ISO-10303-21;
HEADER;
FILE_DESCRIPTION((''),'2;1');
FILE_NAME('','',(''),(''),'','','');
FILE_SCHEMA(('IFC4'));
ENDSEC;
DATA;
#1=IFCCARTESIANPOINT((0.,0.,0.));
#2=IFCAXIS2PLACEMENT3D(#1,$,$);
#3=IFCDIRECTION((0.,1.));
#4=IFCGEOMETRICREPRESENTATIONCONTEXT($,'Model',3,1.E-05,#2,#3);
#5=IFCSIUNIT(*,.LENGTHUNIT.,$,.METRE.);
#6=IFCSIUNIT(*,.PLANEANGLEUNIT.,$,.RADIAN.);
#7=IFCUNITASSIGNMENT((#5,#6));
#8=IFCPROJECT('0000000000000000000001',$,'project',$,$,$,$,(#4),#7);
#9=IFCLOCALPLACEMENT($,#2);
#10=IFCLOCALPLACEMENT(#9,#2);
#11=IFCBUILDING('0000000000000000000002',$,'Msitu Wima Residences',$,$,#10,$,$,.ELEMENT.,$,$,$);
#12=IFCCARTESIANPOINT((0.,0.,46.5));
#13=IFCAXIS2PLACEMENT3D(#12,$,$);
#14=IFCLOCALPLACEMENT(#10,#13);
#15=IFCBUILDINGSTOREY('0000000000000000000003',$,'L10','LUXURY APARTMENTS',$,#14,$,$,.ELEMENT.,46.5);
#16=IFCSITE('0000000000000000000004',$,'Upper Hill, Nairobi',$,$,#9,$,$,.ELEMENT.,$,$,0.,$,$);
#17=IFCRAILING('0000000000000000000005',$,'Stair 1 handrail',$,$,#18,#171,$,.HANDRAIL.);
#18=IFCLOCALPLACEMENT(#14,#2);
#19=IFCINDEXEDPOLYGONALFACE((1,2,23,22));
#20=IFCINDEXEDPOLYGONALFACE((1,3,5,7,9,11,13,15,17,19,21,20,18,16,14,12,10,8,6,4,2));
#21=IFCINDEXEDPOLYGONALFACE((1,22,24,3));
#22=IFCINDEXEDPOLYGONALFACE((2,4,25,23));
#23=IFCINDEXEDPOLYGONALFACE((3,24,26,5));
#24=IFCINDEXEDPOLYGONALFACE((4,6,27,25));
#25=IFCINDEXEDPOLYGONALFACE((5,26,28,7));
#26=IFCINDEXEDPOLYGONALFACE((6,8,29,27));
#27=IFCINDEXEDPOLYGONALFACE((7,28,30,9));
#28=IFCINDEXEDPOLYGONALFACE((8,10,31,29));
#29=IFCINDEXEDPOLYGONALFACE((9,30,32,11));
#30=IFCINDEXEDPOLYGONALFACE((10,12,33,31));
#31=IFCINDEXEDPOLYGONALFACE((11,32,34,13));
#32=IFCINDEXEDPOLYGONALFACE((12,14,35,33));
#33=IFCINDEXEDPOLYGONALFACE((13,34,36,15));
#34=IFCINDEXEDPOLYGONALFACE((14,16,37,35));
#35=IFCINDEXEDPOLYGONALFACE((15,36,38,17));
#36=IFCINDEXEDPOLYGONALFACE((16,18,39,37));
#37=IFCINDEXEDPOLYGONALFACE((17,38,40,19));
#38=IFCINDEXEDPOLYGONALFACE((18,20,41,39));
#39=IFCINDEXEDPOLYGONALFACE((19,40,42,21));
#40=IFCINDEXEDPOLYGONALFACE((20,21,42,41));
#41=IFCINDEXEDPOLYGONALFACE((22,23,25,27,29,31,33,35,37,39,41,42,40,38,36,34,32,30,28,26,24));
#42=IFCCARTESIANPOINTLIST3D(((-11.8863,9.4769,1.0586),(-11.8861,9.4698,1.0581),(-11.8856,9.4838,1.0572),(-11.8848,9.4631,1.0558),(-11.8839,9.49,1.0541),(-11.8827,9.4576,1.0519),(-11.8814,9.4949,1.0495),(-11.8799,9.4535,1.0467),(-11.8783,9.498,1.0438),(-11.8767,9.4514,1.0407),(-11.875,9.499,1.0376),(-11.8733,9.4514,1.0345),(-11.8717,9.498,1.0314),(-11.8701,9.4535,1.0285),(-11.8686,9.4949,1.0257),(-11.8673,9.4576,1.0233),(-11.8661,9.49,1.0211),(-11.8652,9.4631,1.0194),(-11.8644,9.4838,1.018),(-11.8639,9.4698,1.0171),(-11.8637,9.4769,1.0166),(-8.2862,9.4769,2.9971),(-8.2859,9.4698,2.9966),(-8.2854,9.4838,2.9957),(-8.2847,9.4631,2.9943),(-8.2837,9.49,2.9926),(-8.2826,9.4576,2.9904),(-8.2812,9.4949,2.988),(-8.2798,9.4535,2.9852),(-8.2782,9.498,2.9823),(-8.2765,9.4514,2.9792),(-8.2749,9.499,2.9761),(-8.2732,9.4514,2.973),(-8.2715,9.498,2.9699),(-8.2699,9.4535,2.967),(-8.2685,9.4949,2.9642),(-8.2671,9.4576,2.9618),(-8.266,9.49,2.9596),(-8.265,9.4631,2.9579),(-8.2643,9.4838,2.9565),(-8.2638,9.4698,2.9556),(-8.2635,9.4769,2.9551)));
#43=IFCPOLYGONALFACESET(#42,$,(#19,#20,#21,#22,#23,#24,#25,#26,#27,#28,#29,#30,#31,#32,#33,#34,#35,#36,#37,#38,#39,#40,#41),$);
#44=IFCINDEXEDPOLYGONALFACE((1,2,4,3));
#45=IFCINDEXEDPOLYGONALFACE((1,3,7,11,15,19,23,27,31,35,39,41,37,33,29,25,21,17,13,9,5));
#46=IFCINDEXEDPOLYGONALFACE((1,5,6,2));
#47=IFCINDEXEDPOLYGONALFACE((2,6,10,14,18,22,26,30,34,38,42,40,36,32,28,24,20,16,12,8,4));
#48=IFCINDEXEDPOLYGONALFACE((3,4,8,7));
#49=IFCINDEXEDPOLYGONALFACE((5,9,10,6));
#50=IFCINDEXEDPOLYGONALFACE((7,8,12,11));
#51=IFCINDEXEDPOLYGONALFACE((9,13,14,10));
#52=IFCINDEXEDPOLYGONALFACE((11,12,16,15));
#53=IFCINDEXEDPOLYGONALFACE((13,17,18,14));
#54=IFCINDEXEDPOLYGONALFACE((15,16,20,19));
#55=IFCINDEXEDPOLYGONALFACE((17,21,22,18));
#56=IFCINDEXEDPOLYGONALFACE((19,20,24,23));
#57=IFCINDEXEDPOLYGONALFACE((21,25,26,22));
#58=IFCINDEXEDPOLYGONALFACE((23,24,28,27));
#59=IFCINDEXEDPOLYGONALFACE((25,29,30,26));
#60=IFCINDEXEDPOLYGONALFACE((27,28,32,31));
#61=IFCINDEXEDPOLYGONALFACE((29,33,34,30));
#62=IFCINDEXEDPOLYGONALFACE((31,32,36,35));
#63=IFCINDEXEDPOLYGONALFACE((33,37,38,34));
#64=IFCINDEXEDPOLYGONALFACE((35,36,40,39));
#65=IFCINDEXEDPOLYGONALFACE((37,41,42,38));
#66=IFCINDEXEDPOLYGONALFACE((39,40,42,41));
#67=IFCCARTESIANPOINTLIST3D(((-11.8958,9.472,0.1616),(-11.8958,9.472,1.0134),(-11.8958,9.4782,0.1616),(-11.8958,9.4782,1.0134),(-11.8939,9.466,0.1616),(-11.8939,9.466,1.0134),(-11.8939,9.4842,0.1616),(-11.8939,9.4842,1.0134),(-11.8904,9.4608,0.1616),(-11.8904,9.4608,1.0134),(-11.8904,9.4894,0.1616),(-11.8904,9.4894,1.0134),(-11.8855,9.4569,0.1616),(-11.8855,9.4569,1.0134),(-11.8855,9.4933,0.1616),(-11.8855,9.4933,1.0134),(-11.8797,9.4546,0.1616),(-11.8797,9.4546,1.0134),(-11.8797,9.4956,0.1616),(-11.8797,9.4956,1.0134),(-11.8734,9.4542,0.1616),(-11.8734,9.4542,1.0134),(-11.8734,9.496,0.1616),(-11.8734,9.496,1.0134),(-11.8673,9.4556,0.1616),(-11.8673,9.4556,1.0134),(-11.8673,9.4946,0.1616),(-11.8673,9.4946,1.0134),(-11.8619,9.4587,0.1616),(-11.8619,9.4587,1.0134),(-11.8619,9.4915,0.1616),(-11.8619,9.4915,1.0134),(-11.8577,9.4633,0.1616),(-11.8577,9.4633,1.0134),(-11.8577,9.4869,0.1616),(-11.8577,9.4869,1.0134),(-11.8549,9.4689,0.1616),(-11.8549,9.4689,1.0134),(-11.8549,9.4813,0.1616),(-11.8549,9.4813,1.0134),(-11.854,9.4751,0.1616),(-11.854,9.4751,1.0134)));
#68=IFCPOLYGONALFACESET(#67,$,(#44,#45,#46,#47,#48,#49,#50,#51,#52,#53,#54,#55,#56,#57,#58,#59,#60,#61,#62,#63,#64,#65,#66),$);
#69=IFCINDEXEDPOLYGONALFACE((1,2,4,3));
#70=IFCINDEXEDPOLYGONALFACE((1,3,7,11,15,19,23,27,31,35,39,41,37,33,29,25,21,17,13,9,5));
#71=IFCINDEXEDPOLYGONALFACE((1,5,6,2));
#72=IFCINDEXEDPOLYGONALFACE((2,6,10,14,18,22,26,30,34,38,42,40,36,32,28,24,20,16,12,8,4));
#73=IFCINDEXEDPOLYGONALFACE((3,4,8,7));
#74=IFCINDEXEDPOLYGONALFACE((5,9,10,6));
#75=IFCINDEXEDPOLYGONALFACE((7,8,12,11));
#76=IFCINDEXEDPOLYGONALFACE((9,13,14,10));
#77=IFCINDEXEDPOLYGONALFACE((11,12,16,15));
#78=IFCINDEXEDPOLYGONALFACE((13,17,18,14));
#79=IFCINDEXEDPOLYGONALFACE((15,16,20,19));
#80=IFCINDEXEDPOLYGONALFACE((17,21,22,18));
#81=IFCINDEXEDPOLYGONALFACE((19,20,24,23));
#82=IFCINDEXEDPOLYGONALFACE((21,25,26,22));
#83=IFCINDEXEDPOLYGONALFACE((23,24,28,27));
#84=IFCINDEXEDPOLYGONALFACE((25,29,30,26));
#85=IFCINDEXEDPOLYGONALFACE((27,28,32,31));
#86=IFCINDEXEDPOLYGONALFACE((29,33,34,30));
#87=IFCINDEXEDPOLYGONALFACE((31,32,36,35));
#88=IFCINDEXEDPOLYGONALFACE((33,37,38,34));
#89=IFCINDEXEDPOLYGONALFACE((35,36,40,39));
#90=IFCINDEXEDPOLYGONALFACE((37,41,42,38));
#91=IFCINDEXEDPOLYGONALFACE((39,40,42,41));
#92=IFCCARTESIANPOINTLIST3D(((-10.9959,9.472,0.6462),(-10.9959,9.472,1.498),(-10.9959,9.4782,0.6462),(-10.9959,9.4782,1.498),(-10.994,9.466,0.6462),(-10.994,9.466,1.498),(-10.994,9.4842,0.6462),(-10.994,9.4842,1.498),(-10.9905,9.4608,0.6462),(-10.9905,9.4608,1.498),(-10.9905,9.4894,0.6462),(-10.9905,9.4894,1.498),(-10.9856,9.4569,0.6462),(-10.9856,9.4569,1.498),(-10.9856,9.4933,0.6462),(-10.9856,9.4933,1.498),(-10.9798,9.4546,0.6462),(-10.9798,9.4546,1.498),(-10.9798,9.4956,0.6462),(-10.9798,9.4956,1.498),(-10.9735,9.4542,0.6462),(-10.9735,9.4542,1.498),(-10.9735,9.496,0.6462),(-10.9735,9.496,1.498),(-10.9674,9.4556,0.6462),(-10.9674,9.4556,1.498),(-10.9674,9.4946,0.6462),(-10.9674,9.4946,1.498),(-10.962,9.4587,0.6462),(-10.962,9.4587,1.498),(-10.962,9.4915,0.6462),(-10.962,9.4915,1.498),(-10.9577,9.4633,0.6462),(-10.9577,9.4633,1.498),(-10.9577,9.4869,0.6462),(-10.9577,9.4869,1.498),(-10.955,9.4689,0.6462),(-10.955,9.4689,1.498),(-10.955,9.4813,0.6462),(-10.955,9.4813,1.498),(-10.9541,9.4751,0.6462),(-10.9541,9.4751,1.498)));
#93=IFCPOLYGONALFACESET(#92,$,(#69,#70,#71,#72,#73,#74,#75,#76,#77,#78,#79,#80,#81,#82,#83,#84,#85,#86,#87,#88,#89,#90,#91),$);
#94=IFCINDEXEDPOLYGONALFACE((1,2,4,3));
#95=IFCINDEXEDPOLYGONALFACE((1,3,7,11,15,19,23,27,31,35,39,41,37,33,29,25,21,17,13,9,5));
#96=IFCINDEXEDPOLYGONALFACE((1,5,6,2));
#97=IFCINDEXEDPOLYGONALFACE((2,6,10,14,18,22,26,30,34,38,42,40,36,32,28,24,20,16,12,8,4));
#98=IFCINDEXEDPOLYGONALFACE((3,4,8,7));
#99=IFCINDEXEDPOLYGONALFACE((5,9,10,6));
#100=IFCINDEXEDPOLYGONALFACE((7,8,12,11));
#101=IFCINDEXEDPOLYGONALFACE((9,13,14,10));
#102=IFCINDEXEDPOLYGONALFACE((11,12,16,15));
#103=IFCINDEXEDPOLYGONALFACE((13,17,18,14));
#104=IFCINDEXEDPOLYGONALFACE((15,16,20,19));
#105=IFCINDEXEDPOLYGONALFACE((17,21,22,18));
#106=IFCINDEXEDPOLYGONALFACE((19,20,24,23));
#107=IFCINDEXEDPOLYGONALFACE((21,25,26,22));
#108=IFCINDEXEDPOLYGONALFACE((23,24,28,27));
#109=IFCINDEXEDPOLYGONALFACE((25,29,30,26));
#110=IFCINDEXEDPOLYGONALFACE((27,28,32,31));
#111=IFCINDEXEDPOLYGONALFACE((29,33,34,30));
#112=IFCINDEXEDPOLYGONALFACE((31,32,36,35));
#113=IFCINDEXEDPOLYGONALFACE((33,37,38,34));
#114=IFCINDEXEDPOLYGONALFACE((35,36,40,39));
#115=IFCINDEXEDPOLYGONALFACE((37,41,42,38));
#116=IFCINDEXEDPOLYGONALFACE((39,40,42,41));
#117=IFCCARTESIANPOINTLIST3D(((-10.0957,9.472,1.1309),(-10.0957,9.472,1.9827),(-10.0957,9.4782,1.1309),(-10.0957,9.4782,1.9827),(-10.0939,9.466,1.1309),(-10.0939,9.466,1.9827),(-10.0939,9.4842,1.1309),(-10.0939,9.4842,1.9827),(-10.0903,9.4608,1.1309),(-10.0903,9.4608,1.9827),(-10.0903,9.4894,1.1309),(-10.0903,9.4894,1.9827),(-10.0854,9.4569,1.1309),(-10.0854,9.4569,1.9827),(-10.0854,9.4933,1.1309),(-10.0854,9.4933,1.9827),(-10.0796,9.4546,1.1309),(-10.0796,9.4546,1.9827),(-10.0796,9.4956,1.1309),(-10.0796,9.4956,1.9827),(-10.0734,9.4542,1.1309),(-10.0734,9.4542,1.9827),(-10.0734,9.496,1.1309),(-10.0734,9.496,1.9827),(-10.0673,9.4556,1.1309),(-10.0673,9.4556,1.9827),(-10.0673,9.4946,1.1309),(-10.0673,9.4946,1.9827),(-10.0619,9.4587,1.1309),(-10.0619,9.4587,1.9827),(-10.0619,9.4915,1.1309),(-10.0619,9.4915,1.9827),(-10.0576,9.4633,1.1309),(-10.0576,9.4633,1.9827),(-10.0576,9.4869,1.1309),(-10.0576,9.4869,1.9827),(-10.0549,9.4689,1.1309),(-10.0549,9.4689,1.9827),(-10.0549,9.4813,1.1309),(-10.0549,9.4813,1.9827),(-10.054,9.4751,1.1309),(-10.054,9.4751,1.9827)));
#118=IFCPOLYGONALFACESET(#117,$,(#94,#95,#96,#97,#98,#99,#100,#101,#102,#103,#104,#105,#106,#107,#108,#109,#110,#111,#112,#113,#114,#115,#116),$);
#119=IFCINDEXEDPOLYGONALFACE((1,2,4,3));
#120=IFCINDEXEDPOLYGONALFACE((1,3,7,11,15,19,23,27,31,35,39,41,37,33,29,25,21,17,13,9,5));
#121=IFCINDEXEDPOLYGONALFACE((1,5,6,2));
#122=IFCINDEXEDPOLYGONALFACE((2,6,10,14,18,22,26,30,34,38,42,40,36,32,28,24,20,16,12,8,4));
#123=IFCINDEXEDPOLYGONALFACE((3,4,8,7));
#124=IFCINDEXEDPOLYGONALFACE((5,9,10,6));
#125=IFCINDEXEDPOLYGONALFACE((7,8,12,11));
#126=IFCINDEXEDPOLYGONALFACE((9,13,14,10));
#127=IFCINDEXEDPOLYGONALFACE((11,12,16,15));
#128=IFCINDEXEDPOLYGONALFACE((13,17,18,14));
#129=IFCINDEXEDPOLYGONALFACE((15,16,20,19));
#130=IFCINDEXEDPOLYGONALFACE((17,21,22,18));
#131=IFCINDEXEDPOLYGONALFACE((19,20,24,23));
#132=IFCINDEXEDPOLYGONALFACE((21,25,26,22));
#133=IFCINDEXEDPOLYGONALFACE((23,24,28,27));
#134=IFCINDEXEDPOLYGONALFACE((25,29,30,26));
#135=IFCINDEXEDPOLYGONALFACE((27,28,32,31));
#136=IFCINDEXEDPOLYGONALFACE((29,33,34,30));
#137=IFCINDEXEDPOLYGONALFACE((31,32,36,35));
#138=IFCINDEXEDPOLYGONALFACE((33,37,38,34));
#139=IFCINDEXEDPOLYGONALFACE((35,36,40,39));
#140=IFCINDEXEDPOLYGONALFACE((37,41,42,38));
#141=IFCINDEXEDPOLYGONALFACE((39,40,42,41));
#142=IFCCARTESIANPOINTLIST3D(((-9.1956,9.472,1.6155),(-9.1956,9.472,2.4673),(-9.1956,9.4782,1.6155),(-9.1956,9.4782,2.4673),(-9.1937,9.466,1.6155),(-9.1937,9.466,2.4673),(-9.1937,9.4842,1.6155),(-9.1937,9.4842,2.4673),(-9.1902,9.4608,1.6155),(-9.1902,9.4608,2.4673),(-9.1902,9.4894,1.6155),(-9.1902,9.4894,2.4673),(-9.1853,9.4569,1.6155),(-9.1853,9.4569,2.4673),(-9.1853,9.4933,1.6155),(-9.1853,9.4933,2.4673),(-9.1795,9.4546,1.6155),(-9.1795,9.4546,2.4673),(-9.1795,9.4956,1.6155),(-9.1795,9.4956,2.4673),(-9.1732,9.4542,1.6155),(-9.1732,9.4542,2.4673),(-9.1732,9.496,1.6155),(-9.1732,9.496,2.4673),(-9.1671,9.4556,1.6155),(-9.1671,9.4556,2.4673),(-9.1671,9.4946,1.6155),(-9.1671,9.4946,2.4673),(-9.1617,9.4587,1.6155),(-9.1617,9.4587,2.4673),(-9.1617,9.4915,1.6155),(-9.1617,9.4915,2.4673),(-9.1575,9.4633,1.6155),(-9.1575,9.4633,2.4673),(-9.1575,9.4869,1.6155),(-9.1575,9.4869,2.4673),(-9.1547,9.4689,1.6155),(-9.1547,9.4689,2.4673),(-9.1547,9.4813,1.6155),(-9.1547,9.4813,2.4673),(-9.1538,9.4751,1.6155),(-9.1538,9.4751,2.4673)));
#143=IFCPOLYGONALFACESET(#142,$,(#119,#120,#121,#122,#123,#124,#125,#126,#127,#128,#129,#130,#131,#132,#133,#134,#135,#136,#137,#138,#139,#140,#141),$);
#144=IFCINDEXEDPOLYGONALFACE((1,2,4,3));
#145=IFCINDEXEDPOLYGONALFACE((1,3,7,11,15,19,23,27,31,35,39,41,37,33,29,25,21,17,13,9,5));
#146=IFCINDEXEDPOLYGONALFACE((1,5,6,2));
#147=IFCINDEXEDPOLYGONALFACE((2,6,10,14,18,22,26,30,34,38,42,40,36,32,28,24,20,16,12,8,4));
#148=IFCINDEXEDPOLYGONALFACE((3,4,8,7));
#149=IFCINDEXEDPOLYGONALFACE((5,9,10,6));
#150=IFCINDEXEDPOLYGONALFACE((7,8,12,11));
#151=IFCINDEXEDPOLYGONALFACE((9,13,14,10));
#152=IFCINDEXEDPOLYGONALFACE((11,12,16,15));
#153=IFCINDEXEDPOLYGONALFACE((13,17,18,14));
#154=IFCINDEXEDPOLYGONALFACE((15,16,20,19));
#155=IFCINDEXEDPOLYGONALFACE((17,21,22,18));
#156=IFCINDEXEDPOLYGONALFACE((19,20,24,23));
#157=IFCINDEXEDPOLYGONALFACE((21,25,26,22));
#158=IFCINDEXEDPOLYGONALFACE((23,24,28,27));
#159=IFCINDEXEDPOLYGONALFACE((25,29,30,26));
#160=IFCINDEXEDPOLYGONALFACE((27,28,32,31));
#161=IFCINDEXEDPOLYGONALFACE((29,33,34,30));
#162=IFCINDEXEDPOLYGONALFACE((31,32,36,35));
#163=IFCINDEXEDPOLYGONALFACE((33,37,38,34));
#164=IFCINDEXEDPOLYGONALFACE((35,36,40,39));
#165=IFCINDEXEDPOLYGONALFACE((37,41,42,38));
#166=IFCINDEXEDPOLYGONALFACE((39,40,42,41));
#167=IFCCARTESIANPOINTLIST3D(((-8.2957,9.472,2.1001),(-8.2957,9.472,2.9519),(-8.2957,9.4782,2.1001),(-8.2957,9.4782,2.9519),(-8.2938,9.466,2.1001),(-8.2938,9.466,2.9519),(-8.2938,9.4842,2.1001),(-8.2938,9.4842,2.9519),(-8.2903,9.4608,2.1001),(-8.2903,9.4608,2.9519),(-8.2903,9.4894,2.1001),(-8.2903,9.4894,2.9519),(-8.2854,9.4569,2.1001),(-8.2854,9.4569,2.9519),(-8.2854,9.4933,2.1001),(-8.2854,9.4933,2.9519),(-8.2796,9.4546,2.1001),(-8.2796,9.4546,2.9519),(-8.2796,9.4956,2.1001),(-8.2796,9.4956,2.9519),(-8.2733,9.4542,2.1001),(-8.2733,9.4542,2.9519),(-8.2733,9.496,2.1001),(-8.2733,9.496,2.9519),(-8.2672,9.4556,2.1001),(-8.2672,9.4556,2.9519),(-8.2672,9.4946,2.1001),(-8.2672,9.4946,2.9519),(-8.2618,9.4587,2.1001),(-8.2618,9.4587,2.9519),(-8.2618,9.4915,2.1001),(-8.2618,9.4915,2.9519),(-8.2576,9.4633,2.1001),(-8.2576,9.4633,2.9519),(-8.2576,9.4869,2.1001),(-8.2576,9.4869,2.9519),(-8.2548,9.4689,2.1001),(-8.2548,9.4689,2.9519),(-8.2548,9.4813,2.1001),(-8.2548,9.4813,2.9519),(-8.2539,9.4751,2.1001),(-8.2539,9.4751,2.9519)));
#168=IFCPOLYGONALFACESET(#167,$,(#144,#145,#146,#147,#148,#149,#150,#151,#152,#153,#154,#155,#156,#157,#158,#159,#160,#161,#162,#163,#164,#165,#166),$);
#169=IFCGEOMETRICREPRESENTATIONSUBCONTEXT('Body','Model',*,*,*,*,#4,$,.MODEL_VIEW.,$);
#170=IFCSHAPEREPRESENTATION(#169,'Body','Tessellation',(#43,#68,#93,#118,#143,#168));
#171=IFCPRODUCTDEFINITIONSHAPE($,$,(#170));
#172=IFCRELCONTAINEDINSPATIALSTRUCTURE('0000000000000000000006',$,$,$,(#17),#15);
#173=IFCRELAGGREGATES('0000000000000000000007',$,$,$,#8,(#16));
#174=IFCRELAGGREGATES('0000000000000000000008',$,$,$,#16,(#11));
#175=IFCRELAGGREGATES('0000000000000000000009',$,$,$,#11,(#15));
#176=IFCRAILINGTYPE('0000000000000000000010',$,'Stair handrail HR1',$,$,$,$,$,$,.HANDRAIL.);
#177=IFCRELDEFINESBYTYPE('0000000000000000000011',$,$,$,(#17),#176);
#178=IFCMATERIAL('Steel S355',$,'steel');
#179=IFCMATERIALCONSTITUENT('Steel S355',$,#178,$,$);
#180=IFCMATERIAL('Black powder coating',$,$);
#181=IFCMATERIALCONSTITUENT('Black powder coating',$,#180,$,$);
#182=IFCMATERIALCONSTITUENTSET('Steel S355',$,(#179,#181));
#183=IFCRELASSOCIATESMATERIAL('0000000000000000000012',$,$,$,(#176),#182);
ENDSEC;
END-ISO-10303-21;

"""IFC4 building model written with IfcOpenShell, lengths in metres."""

from ifc_helpers import new_model, si_unit, direction, frame, origin, origin_2d, place, context, subcontext, project, spatial, circle, extrude, material, constituent, constituent_set, type_object, element, save


model = new_model("IFC4")

# Units and contexts
model_context = context("Model", 3, precision=1e-05, world=origin(), true_north=direction((0.0, 1.0)))
body_context = subcontext(model_context, "Body", "Model", "MODEL_VIEW")
ifc_project = project(units=[si_unit("LENGTHUNIT", "METRE"), si_unit("PLANEANGLEUNIT", "RADIAN")], contexts=[model_context])

# Site, building, storey
site_placement = place(None, origin())
site = spatial("IfcSite", under=ifc_project, at=site_placement, Name="Upper Hill, Nairobi", CompositionType="ELEMENT", RefElevation=0.0)
building_placement = place(site_placement, origin())
building = spatial("IfcBuilding", under=site, at=building_placement, Name="Msitu Wima Residences", CompositionType="ELEMENT")
storey_placement = place(building_placement, frame((0.0, 0.0, 46.5)))
storey = spatial("IfcBuildingStorey", under=building, at=storey_placement, Name="L10", Description="LUXURY APARTMENTS", CompositionType="ELEMENT", Elevation=46.5)

# Railing
ifc_material_1 = material(Name="Steel S355", Category="steel")
ifc_constituent_1 = constituent(ifc_material_1, Name="Steel S355")
ifc_material_2 = material(Name="Black powder coating")
ifc_constituent_2 = constituent(ifc_material_2, Name="Black powder coating")
ifc_constituent_set = constituent_set(constituents=[ifc_constituent_1, ifc_constituent_2], Name="Steel S355")
railing_type = type_object("IfcRailingType", Name="Stair handrail HR1", PredefinedType="HANDRAIL", material=ifc_constituent_set)
for number, where, name in (
    (1, (-11.875, 9.4751, 0.1616), "Stair 1 handrail"),
):
    element("IfcRailing", number, at=place(storey_placement, frame(where)), inside=storey, type_object=railing_type, Name=name, PredefinedType="HANDRAIL", context=body_context, shape_type="SweptSolid", body=[
        extrude(circle(Radius=0.0239, at=origin_2d()), frame((0.0, 0.0, 0.876), z_axis=(0.880475, 0.0, 0.474093), x_axis=(0.0, 1.0, 0.0)), (0.0, 0.0, 1.0), 4.0889),
        extrude(circle(Radius=0.021, at=origin_2d()), origin(), (0.0, 0.0, 1.0), 0.8518),
        extrude(circle(Radius=0.021, at=origin_2d()), frame((0.8999, 0.0, 0.4846)), (0.0, 0.0, 1.0), 0.8518),
        extrude(circle(Radius=0.021, at=origin_2d()), frame((1.8, 0.0, 0.9692)), (0.0, 0.0, 1.0), 0.8518),
        extrude(circle(Radius=0.021, at=origin_2d()), frame((2.7002, 0.0, 1.4539)), (0.0, 0.0, 1.0), 0.8518),
        extrude(circle(Radius=0.021, at=origin_2d()), frame((3.6001, 0.0, 1.9385)), (0.0, 0.0, 1.0), 0.8518),
    ])

save(model, "model.ifc")
